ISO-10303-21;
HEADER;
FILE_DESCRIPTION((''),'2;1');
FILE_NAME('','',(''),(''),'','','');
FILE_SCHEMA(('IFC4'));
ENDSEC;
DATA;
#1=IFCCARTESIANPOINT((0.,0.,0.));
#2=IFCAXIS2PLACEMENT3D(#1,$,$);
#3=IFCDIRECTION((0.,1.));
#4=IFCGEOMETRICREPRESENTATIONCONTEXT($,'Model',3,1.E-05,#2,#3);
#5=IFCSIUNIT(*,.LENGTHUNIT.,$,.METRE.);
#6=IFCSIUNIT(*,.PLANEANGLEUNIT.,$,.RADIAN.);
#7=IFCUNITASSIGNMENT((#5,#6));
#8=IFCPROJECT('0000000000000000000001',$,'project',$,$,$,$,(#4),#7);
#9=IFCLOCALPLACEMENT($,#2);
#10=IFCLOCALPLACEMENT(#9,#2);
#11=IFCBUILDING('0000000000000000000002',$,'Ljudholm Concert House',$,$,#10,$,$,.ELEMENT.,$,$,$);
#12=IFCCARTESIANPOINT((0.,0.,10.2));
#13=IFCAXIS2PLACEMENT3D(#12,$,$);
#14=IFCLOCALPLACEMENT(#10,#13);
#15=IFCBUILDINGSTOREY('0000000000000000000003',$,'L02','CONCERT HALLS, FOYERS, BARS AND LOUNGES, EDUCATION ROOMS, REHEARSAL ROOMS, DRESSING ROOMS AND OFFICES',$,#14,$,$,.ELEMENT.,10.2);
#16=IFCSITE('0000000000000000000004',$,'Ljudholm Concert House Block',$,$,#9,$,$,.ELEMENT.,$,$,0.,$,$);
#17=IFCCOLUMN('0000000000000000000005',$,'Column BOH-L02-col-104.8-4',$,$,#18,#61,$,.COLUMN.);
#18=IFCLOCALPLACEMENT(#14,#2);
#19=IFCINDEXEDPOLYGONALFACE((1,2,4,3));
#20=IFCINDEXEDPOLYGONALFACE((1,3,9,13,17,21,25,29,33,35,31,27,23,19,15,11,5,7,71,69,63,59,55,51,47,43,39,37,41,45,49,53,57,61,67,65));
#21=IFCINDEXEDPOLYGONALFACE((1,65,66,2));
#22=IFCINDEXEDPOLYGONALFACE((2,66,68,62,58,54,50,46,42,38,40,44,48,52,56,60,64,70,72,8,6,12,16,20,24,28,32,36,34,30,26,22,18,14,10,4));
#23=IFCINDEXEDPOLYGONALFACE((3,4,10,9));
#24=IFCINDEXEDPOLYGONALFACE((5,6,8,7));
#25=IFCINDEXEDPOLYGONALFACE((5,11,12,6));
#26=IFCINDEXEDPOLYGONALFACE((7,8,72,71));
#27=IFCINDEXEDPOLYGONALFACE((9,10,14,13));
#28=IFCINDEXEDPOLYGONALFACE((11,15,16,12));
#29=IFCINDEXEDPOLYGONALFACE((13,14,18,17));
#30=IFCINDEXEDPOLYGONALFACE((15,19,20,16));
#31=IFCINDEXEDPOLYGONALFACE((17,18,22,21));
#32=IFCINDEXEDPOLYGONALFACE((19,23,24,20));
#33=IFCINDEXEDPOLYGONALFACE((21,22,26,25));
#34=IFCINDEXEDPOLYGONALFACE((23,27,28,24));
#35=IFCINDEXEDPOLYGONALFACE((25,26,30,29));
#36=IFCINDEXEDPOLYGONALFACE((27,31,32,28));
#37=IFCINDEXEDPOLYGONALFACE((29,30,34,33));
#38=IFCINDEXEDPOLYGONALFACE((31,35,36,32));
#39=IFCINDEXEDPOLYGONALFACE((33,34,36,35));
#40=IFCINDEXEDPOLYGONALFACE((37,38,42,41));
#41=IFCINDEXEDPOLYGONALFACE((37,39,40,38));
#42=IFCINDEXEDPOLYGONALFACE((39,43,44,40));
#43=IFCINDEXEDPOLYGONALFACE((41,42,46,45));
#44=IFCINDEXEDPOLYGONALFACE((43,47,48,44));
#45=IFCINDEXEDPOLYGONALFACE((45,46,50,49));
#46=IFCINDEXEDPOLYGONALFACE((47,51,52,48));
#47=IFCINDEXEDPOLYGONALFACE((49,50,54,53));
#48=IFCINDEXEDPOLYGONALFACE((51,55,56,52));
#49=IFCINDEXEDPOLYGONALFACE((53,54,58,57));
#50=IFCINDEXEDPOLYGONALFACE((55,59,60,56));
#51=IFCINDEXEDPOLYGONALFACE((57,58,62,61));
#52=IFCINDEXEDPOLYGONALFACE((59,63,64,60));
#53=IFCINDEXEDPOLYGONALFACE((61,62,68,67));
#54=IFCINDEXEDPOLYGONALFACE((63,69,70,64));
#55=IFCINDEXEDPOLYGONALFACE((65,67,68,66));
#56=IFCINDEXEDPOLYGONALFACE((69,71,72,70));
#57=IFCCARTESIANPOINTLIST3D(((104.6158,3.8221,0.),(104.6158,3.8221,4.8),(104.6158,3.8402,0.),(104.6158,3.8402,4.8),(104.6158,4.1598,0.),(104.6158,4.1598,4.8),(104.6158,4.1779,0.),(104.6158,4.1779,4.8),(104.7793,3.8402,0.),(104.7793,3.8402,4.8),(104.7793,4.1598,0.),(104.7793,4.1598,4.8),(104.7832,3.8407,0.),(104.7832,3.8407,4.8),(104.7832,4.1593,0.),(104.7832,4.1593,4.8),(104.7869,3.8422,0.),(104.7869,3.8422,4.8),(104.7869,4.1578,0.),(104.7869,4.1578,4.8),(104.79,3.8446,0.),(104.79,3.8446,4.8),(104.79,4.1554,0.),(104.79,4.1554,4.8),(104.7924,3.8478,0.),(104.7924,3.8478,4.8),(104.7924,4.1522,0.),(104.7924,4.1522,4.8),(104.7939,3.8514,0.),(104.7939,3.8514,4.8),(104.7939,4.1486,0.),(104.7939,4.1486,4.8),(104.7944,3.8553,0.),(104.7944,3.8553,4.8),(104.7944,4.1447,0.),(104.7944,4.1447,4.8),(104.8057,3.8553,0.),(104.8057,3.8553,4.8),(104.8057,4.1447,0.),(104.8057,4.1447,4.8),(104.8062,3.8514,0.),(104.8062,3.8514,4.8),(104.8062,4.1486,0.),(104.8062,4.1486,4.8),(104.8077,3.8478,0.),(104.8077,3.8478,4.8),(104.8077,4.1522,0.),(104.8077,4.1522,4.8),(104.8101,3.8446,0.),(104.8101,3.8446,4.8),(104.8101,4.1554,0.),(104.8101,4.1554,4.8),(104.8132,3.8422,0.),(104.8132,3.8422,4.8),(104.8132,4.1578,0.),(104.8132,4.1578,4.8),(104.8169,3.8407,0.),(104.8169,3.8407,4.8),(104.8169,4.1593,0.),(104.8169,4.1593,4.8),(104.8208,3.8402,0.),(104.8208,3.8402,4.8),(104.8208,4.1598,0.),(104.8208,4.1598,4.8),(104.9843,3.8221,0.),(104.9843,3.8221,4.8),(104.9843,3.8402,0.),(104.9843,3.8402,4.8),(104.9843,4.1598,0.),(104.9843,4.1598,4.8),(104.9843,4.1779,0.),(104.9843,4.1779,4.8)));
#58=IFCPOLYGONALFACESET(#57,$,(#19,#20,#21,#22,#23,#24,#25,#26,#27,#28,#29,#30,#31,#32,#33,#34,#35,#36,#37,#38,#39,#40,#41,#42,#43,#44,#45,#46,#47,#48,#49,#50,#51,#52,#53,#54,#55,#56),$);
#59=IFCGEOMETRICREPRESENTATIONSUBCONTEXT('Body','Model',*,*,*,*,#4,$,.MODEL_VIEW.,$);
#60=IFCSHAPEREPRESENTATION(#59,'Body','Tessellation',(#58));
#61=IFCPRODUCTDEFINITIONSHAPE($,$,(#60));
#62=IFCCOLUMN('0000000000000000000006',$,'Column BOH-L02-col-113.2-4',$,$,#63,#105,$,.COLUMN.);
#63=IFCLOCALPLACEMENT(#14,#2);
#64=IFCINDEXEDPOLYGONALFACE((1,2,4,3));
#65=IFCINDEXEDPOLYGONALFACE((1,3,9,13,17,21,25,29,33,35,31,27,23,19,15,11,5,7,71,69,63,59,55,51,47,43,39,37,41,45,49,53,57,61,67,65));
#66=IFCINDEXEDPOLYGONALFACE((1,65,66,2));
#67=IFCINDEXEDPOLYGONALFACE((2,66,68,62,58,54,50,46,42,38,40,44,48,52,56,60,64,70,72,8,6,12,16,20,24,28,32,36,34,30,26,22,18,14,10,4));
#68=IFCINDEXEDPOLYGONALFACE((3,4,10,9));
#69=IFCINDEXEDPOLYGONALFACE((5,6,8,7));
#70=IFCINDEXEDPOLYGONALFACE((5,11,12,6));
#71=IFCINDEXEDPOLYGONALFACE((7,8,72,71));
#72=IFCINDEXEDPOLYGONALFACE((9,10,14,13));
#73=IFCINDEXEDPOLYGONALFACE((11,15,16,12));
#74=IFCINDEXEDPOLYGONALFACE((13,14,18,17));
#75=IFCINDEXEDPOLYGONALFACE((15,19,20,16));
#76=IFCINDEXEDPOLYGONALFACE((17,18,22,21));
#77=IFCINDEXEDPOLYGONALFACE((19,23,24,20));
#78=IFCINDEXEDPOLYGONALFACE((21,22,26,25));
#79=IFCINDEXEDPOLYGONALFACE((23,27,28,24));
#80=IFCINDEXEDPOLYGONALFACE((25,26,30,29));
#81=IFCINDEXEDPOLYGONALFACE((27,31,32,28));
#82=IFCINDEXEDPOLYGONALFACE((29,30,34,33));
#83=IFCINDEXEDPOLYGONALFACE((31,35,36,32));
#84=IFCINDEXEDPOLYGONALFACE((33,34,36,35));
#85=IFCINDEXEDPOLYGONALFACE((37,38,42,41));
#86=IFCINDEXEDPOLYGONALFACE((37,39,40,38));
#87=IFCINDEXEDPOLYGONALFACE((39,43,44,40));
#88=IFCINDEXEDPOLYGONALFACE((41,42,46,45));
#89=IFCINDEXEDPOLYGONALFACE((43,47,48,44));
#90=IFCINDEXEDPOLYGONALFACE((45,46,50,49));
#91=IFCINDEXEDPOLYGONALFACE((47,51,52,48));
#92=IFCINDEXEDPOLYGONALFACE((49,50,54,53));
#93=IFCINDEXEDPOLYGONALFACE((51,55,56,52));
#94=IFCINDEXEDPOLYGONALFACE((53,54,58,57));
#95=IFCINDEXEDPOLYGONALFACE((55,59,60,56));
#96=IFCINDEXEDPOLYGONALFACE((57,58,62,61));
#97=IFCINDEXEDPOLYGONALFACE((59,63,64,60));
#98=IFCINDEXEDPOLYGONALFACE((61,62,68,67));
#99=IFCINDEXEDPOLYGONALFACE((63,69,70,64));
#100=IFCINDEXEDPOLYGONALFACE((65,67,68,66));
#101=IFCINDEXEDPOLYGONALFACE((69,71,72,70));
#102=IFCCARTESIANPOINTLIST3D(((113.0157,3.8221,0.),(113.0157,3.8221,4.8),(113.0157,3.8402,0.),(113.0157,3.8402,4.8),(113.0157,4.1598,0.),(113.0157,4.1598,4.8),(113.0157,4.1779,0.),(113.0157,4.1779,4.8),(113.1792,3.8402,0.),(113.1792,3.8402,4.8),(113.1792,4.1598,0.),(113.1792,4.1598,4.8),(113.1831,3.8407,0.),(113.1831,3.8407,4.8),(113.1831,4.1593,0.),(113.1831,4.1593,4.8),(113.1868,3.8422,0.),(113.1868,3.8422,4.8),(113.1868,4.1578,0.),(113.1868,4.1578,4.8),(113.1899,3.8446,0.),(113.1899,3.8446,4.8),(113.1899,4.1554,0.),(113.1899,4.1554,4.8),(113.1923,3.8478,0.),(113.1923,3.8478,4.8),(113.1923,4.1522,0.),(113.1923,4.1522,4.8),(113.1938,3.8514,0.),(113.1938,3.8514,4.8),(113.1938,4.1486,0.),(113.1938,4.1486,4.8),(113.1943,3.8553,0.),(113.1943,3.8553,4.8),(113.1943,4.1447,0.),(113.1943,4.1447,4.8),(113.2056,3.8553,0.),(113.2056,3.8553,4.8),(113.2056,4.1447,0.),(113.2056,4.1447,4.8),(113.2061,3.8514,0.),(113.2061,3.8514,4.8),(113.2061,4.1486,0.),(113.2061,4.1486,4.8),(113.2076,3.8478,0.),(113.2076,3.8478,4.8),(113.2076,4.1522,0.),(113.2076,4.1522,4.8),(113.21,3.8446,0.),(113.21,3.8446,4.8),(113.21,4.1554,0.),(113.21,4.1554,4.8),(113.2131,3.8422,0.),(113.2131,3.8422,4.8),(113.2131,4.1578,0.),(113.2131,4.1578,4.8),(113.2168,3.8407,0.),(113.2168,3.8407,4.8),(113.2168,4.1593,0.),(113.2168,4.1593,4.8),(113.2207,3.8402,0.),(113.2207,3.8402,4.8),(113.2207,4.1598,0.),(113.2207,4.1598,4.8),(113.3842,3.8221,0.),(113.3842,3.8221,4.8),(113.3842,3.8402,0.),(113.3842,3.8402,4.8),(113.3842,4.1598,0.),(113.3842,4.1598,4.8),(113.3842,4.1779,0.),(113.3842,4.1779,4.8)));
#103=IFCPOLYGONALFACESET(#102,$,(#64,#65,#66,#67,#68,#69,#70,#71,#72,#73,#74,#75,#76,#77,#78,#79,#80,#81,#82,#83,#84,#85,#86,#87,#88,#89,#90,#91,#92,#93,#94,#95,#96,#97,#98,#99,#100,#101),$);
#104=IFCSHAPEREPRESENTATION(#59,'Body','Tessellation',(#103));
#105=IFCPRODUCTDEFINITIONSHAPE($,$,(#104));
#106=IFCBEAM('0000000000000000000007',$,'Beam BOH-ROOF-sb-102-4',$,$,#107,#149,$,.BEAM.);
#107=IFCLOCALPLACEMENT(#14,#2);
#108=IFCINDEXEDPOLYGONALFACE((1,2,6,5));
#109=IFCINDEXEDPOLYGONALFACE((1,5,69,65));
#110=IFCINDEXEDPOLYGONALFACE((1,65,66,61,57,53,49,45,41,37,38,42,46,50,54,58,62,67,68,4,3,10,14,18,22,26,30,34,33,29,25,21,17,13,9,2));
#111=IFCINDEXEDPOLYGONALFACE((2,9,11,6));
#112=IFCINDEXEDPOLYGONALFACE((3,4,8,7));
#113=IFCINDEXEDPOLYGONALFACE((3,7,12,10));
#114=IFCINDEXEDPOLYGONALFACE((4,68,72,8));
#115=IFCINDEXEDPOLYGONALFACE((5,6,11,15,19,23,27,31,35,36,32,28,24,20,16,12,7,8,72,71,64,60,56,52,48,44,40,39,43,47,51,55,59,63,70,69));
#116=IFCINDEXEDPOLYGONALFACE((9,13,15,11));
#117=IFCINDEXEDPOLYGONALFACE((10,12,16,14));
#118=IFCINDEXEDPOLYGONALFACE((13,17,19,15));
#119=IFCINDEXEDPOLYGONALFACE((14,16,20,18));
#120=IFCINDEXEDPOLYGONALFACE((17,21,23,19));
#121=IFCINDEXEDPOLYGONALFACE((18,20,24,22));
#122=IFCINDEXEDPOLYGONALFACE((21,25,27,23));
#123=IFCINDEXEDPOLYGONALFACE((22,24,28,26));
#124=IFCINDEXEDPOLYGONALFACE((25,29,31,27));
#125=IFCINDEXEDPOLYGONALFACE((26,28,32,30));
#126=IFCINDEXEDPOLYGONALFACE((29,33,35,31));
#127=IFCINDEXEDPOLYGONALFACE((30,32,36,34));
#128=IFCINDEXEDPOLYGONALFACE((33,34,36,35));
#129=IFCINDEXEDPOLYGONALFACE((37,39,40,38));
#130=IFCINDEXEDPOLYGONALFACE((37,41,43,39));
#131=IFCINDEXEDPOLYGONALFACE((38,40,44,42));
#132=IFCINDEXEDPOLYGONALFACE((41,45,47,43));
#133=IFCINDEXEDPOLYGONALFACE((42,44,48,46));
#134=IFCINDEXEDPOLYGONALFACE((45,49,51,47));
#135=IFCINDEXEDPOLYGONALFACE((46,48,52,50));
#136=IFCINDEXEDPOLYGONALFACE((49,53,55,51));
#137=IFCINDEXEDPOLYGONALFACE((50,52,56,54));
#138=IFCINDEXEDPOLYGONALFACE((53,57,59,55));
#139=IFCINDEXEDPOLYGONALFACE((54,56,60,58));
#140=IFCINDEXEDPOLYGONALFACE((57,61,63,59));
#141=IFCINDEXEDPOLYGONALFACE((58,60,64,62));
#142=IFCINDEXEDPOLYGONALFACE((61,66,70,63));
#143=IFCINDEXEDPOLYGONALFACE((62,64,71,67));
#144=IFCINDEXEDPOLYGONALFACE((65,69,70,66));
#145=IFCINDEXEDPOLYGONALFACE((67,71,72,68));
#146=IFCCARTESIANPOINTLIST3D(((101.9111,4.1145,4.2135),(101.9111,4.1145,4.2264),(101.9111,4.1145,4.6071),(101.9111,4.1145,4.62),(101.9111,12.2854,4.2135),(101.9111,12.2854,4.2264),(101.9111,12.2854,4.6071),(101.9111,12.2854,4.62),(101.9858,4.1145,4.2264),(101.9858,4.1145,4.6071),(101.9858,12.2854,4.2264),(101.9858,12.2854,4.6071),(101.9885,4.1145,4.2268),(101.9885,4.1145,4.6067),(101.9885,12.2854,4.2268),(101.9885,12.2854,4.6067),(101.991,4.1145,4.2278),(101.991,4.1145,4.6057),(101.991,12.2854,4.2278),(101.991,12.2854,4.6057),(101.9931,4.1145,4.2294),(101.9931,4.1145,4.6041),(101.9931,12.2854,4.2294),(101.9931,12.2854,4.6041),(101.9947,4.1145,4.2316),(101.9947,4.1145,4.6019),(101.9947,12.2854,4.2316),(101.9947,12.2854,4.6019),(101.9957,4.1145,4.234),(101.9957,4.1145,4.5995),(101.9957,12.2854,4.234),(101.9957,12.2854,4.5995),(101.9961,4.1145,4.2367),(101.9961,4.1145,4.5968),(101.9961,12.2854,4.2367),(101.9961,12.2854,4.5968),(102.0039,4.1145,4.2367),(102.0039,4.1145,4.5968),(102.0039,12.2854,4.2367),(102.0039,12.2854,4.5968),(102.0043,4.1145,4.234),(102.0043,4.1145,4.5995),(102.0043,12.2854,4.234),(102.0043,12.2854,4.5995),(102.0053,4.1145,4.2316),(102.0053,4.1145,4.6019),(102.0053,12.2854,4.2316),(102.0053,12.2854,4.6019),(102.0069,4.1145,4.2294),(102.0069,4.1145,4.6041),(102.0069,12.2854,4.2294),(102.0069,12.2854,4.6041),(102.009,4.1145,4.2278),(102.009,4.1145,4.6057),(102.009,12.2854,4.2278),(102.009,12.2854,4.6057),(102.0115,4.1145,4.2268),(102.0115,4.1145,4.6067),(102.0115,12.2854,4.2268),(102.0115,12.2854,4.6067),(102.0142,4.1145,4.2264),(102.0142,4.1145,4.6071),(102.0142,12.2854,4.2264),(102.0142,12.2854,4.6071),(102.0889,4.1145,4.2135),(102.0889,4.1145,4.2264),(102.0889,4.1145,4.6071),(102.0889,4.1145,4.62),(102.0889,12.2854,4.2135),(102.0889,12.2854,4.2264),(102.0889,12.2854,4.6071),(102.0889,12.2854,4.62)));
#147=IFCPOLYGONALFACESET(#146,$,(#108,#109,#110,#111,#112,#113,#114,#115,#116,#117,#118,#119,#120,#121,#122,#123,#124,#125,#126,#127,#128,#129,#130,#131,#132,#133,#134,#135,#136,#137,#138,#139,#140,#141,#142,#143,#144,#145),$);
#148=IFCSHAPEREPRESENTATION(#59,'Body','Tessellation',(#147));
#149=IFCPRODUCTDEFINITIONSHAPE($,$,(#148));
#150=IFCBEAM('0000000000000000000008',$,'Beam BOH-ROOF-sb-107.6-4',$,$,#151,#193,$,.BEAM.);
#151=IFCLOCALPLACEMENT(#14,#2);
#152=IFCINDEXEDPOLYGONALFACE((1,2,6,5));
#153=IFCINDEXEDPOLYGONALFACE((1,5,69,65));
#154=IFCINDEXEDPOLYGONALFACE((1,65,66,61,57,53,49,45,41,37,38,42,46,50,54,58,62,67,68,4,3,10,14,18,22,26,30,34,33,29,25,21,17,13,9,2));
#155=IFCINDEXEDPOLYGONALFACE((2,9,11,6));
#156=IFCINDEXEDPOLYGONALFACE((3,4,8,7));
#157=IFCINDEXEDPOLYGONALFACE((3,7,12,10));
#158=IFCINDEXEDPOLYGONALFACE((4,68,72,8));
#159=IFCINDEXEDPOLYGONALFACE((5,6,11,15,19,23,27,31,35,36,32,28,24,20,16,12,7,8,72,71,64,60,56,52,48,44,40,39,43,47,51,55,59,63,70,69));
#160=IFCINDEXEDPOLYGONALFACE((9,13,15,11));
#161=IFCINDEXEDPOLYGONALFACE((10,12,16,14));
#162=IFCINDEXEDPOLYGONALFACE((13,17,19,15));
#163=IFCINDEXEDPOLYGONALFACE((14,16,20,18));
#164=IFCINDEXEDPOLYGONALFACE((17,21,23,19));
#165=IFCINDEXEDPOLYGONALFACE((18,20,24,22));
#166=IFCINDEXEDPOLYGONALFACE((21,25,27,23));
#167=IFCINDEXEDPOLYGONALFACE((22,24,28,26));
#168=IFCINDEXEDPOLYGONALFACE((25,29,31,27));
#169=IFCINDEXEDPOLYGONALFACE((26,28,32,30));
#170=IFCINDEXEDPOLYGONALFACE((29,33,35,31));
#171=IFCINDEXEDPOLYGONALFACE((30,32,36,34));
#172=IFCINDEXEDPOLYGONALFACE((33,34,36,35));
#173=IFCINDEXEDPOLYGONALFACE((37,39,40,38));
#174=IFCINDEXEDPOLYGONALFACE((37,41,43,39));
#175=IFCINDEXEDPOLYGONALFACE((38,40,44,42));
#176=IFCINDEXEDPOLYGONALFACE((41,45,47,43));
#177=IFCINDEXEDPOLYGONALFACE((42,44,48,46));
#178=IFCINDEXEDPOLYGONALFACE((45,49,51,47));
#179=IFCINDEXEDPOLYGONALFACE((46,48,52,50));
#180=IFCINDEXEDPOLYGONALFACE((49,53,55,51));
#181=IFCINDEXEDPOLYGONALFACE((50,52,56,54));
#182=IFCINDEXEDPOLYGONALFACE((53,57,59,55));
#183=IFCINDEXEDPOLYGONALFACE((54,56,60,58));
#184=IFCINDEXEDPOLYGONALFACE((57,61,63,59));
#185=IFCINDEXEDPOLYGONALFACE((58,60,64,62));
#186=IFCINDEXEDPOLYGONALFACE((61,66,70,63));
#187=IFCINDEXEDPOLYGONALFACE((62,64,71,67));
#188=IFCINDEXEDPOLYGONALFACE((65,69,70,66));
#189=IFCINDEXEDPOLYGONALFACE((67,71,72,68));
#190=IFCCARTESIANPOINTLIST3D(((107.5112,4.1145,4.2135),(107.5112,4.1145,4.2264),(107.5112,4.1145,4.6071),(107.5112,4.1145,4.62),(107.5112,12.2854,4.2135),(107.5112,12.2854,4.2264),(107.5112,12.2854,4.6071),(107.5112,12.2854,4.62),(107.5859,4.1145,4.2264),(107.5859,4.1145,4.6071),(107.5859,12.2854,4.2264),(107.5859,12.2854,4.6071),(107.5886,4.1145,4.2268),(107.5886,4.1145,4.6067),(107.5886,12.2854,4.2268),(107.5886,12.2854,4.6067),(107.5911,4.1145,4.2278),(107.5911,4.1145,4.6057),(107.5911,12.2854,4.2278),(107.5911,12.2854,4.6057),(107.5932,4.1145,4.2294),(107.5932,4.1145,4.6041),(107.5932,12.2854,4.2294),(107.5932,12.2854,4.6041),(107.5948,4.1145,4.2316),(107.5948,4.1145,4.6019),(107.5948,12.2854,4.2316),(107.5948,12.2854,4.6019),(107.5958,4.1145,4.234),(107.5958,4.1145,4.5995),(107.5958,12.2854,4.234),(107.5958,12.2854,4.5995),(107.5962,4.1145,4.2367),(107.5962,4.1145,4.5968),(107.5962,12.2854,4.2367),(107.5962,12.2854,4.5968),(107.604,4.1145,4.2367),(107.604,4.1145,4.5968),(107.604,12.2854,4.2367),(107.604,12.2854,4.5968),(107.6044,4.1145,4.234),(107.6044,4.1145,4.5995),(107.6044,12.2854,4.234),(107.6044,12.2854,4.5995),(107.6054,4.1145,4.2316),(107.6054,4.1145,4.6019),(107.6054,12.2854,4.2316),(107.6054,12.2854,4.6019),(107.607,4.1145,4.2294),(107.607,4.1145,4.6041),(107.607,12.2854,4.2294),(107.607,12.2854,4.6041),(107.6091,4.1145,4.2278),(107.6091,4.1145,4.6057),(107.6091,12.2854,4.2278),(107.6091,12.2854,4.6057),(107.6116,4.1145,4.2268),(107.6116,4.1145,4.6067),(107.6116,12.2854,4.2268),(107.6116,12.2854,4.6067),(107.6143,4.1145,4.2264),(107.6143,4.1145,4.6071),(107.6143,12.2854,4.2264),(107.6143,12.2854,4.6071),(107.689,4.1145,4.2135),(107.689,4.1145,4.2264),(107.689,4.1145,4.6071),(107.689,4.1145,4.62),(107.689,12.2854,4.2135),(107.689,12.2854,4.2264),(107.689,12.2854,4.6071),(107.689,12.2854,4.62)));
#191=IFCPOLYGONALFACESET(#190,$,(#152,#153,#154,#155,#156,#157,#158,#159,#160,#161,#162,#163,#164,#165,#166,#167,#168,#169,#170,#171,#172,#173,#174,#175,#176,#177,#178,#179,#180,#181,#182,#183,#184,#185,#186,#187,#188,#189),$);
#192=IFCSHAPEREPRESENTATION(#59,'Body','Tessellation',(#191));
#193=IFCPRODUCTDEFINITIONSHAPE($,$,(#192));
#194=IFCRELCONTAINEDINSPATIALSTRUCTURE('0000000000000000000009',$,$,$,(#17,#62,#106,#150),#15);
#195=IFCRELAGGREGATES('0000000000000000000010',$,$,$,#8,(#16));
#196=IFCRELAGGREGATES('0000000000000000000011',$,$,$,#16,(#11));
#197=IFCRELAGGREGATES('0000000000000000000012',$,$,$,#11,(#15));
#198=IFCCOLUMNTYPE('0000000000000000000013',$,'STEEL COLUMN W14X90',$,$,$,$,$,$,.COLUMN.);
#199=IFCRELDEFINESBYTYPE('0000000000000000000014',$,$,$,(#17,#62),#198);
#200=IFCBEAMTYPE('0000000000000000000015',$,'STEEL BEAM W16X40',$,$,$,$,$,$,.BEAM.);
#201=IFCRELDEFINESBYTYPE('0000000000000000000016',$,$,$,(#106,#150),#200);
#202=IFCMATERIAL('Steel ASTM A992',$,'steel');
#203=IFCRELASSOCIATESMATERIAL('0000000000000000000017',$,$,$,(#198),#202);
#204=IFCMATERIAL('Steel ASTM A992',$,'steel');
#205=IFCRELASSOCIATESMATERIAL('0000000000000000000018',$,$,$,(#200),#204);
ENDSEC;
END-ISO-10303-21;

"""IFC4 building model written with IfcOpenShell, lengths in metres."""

from ifc_helpers import new_model, si_unit, direction, frame, origin, origin_2d, place, context, subcontext, project, spatial, i_section, extrude, material, material_profile, profile_set, type_object, element, save


model = new_model("IFC4")

# Units and contexts
model_context = context("Model", 3, precision=1e-05, world=origin(), true_north=direction((0.0, 1.0)))
body_context = subcontext(model_context, "Body", "Model", "MODEL_VIEW")
ifc_project = project(units=[si_unit("LENGTHUNIT", "METRE"), si_unit("PLANEANGLEUNIT", "RADIAN")], contexts=[model_context])

# Site, building, storey
site_placement = place(None, origin())
site = spatial("IfcSite", under=ifc_project, at=site_placement, Name="Ljudholm Concert House Block", CompositionType="ELEMENT", RefElevation=0.0)
building_placement = place(site_placement, origin())
building = spatial("IfcBuilding", under=site, at=building_placement, Name="Ljudholm Concert House", CompositionType="ELEMENT")
storey_placement = place(building_placement, frame((0.0, 0.0, 10.2)))
storey = spatial("IfcBuildingStorey", under=building, at=storey_placement, Name="L02", Description="CONCERT HALLS, FOYERS, BARS AND LOUNGES, EDUCATION ROOMS, REHEARSAL ROOMS, DRESSING ROOMS AND OFFICES", CompositionType="ELEMENT", Elevation=10.2)

# Columns
ifc_material_1 = material(Name="Steel ASTM A992", Category="steel")
ifc_material_profile_1 = material_profile(ifc_material_1, i_section(OverallWidth=0.3684, OverallDepth=0.3557, WebThickness=0.0112, FlangeThickness=0.0181, FilletRadius=0.0151, at=origin_2d()), Name="W14X90")
ifc_profile_set_1 = profile_set([ifc_material_profile_1], Name="Steel ASTM A992")
column_type = type_object("IfcColumnType", Name="STEEL COLUMN W14X90", PredefinedType="COLUMN", material=ifc_profile_set_1)
for number, where, z_axis, x_axis, name in (
    (1, (104.8, 4.0, 0.0), (0.0, 0.0, 1.0), (1.0, 0.0, 0.0), "Column BOH-L02-col-104.8-4"),
    (2, (113.2, 4.0, 0.0), (0.0, 0.0, 1.0), (1.0, 0.0, 0.0), "Column BOH-L02-col-113.2-4"),
):
    element("IfcColumn", number, at=place(storey_placement, frame(where, z_axis=z_axis, x_axis=x_axis)), inside=storey, type_object=column_type, Name=name, PredefinedType="COLUMN", context=body_context, shape_type="SweptSolid", body=[
        extrude(i_section(OverallWidth=0.3684, OverallDepth=0.3557, WebThickness=0.0112, FlangeThickness=0.0181, FilletRadius=0.0151, at=origin_2d()), origin(), (0.0, 0.0, 1.0), 4.8),
    ])

# Beams
ifc_material_2 = material(Name="Steel ASTM A992", Category="steel")
ifc_material_profile_2 = material_profile(ifc_material_2, i_section(OverallWidth=0.1777, OverallDepth=0.4065, WebThickness=0.0078, FlangeThickness=0.0129, FilletRadius=0.0103, at=origin_2d()), Name="W16X40")
ifc_profile_set_2 = profile_set([ifc_material_profile_2], Name="Steel ASTM A992")
beam_type_1 = type_object("IfcBeamType", Name="STEEL BEAM W16X40", PredefinedType="BEAM", material=ifc_profile_set_2)
for number, where, z_axis, x_axis, name in (
    (3, (102.0, 4.1145, 4.4167), (0.0, 1.0, 0.0), (-1.0, 0.0, 0.0), "Beam BOH-ROOF-sb-102-4"),
    (4, (107.6001, 4.1145, 4.4167), (0.0, 1.0, 0.0), (-1.0, 0.0, 0.0), "Beam BOH-ROOF-sb-107.6-4"),
):
    element("IfcBeam", number, at=place(storey_placement, frame(where, z_axis=z_axis, x_axis=x_axis)), inside=storey, type_object=beam_type_1, Name=name, PredefinedType="BEAM", context=body_context, shape_type="SweptSolid", body=[
        extrude(i_section(OverallWidth=0.1777, OverallDepth=0.4065, WebThickness=0.0078, FlangeThickness=0.0129, FilletRadius=0.0103, at=origin_2d()), origin(), (0.0, 0.0, 1.0), 8.1709),
    ])

save(model, "model.ifc")
